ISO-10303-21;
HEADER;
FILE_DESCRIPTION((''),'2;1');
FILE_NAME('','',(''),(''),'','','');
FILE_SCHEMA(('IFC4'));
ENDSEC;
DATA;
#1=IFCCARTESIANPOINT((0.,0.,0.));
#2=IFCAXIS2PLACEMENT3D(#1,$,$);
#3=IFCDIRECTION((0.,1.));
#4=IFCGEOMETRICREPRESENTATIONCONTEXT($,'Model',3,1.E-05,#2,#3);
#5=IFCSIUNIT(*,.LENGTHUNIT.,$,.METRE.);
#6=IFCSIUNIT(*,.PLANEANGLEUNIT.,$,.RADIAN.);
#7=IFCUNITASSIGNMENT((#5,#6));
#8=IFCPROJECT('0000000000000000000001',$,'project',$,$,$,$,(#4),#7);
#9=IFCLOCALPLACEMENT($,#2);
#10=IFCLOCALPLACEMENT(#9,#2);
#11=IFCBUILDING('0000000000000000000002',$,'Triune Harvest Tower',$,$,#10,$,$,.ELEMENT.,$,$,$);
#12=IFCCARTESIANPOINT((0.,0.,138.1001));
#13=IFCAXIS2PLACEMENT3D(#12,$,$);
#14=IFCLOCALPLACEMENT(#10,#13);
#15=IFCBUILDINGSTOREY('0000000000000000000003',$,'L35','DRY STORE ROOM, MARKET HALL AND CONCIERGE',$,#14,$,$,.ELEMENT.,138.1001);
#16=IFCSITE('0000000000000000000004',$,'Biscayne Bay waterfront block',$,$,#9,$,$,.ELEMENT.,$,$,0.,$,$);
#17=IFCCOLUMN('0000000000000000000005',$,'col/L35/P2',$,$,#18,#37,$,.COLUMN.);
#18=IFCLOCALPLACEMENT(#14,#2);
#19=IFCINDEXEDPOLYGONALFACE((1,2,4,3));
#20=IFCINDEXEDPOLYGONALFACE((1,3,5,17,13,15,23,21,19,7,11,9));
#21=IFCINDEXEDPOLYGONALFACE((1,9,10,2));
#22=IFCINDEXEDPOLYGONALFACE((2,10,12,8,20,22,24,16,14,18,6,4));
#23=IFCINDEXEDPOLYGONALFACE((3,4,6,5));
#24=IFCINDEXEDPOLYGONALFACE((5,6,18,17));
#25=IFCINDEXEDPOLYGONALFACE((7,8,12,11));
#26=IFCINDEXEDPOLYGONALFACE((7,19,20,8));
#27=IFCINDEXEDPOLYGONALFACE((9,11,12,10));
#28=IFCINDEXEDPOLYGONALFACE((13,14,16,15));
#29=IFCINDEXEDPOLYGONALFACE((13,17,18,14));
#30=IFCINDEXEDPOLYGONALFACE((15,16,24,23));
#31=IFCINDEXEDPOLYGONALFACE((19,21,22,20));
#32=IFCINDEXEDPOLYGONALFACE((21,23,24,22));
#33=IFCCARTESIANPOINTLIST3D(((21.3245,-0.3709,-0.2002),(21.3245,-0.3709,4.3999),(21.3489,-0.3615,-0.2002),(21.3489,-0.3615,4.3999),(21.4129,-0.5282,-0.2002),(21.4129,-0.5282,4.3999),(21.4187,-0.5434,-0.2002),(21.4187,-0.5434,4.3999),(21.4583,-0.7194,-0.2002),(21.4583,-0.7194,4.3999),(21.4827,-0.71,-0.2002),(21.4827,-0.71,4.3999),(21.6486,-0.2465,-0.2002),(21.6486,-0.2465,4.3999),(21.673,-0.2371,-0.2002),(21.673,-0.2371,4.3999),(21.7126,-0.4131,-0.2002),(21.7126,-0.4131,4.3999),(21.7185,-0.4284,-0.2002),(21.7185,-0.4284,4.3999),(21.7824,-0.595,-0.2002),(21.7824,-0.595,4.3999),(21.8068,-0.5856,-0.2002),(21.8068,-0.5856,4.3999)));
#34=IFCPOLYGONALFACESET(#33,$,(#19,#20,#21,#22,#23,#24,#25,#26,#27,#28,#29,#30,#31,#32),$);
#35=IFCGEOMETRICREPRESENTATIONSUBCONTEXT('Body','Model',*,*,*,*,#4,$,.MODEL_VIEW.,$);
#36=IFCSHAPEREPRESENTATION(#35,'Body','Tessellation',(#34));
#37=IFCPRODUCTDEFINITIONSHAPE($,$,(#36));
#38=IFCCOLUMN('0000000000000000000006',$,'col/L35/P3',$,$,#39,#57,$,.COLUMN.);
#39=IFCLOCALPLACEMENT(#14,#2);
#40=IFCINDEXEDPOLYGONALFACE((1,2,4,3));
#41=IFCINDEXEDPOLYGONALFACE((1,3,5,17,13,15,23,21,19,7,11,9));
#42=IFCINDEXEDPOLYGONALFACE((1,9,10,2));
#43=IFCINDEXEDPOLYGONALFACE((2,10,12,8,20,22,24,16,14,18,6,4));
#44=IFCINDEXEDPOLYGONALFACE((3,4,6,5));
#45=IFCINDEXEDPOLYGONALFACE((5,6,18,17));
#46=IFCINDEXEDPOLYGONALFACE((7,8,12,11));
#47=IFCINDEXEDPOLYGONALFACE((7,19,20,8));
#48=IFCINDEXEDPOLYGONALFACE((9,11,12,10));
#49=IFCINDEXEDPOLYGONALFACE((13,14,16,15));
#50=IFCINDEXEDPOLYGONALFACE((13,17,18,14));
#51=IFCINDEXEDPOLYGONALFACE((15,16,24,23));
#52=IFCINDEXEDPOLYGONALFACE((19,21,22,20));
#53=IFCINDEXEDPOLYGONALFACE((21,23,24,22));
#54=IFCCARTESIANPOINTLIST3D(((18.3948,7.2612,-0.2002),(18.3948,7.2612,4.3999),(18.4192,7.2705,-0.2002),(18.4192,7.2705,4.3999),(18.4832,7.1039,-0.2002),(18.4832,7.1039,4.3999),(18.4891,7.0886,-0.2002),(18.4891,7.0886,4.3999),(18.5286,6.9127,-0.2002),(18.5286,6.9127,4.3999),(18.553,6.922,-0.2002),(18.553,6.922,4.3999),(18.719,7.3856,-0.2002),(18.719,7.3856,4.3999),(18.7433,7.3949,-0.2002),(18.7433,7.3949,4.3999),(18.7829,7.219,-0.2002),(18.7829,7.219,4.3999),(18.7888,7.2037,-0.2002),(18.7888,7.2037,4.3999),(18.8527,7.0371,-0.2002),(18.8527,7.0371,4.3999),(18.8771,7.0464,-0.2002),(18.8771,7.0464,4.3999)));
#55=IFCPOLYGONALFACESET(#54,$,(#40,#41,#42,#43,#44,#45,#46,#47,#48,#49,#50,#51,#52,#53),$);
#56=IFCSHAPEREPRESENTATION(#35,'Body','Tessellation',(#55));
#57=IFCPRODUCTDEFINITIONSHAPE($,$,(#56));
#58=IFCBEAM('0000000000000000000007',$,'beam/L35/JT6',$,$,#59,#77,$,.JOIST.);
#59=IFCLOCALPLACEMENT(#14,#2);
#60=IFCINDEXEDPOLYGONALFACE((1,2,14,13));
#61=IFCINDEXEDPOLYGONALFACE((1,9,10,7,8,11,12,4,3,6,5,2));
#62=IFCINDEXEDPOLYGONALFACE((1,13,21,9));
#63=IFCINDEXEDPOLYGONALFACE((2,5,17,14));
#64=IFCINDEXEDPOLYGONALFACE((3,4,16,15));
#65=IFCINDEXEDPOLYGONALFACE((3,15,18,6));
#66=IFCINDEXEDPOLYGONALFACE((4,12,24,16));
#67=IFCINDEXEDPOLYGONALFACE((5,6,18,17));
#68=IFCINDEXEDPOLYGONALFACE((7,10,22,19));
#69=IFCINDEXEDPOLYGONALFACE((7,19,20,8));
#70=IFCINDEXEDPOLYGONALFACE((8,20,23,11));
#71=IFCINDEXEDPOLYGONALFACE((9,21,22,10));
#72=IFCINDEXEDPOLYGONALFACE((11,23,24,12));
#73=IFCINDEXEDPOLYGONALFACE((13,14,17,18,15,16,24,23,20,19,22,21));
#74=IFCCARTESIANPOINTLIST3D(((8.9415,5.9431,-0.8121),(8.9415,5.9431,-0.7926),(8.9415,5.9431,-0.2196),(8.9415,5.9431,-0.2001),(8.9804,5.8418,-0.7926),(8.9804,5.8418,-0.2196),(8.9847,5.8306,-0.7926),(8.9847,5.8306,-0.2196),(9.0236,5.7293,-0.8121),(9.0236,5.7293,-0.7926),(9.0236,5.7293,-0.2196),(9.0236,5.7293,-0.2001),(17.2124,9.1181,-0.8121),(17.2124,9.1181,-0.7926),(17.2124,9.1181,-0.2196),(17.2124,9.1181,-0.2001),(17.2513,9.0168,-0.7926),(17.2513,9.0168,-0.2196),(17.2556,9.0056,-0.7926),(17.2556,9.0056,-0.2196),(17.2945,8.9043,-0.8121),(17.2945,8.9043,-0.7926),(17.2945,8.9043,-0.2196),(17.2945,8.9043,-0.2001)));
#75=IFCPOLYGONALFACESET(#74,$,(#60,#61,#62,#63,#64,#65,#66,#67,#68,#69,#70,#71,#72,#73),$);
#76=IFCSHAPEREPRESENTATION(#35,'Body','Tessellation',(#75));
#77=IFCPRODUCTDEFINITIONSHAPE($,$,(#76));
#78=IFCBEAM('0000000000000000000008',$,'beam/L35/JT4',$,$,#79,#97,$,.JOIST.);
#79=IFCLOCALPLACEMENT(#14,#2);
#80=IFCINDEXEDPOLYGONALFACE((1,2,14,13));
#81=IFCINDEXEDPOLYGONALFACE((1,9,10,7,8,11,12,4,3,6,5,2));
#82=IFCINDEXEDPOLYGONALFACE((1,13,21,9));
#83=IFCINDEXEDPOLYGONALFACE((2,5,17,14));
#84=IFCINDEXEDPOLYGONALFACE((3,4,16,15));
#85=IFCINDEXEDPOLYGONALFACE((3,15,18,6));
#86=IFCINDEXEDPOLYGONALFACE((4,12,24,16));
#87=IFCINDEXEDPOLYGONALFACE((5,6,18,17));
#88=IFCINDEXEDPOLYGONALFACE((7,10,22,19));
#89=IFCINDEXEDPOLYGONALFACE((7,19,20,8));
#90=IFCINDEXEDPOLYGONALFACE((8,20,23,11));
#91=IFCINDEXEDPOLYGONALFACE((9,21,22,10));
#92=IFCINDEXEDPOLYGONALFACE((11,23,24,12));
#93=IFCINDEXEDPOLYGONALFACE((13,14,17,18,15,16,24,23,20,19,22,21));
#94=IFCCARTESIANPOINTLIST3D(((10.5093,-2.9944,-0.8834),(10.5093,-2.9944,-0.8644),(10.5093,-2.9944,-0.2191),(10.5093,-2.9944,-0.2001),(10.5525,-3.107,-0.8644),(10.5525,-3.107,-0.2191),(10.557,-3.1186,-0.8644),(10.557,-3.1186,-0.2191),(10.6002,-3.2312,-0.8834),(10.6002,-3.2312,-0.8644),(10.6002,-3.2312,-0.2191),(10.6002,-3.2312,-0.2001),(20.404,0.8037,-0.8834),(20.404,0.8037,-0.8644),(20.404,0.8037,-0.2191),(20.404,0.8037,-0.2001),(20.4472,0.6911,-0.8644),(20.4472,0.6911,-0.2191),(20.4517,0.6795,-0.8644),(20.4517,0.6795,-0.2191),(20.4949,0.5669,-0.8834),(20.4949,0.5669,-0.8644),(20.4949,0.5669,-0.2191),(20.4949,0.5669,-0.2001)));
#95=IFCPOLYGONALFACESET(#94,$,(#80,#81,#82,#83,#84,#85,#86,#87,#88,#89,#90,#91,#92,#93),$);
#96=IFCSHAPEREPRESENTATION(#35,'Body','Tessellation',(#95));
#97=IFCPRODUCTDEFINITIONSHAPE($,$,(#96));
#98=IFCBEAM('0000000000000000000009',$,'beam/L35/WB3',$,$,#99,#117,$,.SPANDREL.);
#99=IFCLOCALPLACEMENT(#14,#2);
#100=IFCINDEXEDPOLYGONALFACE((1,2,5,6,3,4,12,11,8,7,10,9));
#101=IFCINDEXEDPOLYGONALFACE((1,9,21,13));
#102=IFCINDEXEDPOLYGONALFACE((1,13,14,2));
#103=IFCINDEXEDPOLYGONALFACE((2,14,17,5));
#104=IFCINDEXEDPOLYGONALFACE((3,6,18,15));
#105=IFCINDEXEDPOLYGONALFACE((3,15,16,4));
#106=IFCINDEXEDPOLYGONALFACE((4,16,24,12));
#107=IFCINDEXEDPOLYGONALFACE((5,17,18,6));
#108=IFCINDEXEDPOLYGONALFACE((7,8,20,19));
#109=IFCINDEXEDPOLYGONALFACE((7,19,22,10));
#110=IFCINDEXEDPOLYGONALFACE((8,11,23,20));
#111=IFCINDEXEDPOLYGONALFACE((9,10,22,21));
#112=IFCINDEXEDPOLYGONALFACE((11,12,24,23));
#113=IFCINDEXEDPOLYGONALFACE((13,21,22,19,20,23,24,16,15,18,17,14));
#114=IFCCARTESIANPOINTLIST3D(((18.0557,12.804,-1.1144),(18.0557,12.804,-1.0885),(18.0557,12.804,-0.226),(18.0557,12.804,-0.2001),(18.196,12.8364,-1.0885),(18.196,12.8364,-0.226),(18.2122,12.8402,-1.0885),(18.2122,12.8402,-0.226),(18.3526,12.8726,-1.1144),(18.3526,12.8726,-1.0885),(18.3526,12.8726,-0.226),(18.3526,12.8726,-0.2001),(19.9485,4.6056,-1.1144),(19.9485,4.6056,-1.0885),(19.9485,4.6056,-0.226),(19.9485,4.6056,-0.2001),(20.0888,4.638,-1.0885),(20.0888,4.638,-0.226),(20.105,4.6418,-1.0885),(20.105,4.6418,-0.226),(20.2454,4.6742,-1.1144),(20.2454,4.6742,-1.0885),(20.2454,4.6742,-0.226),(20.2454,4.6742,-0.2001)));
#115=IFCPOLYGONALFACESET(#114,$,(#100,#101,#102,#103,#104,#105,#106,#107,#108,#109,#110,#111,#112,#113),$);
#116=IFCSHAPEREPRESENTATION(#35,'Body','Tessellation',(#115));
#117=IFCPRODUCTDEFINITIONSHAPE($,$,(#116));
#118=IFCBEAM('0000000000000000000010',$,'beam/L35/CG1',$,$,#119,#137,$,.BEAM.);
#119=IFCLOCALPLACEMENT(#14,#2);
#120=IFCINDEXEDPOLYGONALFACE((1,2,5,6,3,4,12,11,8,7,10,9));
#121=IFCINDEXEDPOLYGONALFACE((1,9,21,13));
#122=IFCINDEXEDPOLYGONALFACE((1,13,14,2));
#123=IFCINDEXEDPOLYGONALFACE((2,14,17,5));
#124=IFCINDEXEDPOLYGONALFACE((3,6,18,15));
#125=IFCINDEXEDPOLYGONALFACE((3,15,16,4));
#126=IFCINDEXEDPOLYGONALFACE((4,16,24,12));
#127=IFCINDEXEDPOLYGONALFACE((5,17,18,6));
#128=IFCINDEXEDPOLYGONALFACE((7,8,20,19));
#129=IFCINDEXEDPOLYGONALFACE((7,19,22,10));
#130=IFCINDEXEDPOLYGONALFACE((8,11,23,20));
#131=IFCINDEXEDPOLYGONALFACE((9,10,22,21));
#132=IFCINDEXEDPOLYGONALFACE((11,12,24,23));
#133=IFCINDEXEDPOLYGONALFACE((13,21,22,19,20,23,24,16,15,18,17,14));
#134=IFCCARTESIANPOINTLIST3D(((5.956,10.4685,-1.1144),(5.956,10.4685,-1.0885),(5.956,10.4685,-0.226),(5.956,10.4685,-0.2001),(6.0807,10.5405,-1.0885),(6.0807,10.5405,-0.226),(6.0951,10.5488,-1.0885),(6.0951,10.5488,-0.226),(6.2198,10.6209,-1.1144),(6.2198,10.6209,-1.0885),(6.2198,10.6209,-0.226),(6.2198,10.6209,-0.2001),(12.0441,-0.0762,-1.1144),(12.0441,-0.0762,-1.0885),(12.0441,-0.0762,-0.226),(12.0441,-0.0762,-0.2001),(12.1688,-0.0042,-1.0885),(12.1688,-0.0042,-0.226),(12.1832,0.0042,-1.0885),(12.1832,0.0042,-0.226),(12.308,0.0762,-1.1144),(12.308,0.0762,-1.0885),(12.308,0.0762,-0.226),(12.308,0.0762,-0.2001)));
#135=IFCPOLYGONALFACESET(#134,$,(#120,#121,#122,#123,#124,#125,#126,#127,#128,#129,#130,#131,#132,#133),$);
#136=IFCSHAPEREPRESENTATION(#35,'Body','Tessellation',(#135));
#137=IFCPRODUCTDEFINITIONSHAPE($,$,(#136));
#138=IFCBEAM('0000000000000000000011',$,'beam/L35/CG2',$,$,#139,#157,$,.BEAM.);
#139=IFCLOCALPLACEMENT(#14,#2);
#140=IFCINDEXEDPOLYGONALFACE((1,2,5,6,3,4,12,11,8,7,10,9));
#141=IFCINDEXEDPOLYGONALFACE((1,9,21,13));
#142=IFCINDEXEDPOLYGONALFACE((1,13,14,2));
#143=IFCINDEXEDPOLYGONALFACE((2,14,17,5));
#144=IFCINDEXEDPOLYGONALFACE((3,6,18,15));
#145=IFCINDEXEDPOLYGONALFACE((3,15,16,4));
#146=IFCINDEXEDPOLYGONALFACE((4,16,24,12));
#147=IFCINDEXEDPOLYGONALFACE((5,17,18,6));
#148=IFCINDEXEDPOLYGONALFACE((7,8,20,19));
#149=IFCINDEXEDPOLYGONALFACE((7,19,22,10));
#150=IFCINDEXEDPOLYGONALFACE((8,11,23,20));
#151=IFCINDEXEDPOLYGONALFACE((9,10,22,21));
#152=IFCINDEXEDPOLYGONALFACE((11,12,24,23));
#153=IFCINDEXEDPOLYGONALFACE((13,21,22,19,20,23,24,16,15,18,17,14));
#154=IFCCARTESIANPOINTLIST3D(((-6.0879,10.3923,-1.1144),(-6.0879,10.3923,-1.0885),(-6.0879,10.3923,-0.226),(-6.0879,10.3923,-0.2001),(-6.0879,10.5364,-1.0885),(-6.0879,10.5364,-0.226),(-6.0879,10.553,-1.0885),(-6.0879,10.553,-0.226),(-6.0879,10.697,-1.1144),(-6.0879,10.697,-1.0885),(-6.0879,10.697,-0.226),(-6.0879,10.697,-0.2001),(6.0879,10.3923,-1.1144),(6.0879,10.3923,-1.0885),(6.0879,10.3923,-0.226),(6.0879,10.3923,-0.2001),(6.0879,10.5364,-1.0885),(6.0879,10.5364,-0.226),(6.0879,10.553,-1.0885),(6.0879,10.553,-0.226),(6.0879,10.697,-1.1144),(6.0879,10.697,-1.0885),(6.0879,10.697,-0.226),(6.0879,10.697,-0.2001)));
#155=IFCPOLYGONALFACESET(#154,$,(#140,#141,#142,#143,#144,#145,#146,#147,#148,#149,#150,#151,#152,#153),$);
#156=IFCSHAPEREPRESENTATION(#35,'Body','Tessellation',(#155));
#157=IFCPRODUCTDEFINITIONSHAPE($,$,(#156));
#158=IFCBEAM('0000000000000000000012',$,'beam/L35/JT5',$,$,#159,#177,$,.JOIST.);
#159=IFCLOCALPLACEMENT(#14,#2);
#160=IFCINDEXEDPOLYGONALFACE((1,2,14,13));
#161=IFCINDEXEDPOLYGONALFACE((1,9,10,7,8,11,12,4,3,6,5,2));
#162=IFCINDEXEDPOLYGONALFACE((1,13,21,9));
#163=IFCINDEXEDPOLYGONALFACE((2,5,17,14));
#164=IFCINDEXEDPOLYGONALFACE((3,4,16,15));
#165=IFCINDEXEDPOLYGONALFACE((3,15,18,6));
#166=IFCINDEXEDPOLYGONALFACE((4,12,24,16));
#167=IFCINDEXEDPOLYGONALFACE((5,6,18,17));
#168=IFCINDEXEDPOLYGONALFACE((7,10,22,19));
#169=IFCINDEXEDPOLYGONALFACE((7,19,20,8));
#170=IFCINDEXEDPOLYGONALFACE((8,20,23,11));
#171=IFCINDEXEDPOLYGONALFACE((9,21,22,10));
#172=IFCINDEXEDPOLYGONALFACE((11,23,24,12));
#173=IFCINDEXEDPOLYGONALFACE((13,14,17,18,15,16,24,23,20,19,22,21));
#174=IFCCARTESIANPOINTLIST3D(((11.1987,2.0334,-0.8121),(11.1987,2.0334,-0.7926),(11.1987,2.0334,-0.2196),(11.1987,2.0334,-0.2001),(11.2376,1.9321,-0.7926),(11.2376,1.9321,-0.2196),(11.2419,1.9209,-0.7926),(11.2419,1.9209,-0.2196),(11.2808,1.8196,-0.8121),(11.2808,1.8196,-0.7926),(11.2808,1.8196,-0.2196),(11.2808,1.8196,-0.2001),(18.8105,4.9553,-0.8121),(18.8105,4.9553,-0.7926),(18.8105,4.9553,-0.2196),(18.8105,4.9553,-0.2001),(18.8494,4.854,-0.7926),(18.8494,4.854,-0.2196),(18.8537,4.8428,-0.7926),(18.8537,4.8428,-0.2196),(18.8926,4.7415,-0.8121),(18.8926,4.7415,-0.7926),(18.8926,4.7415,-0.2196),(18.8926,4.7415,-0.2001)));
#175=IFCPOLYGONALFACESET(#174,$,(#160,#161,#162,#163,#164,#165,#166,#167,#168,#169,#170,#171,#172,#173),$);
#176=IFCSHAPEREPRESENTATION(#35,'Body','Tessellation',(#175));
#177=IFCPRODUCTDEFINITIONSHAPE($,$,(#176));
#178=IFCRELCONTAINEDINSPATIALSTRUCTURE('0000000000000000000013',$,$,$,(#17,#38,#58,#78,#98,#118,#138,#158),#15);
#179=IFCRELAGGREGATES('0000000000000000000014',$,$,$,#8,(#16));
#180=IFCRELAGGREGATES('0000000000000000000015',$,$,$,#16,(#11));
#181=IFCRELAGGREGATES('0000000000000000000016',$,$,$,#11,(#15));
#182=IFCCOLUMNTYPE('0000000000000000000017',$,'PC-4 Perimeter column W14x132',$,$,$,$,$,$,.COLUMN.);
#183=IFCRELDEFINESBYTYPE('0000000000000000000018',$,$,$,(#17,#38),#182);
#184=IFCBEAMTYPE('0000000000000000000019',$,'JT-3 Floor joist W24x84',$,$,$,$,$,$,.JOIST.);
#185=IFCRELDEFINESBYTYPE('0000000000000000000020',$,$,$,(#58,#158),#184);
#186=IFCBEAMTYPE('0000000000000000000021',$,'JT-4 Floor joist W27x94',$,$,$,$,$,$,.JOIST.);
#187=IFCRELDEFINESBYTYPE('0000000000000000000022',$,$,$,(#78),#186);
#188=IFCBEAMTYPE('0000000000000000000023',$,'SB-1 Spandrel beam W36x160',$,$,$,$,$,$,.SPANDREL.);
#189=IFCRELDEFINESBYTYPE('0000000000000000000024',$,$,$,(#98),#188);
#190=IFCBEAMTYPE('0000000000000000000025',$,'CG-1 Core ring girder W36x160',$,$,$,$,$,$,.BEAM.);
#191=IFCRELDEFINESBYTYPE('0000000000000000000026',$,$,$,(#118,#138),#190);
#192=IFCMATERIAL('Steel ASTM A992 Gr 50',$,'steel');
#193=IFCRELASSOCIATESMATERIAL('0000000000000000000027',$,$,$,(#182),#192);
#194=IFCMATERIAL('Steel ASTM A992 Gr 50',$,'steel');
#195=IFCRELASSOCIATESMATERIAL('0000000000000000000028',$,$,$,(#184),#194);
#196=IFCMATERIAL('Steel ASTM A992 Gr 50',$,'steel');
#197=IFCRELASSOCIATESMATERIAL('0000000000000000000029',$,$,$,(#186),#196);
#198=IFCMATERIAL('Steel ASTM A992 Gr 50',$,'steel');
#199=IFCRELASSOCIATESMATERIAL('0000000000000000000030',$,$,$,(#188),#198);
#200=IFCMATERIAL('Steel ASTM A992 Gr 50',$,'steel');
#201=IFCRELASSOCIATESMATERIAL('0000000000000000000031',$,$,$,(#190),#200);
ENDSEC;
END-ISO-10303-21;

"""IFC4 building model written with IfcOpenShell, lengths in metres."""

from ifc_helpers import new_model, si_unit, direction, frame, origin, origin_2d, place, context, subcontext, project, spatial, i_section, extrude, source, transform, mapped, material, material_profile, profile_set, type_object, element, save


model = new_model("IFC4")

# Units and contexts
model_context = context("Model", 3, precision=1e-05, world=origin(), true_north=direction((0.0, 1.0)))
body_context = subcontext(model_context, "Body", "Model", "MODEL_VIEW")
ifc_project = project(units=[si_unit("LENGTHUNIT", "METRE"), si_unit("PLANEANGLEUNIT", "RADIAN")], contexts=[model_context])

# Site, building, storey
site_placement = place(None, origin())
site = spatial("IfcSite", under=ifc_project, at=site_placement, Name="Biscayne Bay waterfront block", CompositionType="ELEMENT", RefElevation=0.0)
building_placement = place(site_placement, origin())
building = spatial("IfcBuilding", under=site, at=building_placement, Name="Triune Harvest Tower", CompositionType="ELEMENT")
storey_placement = place(building_placement, frame((0.0, 0.0, 138.1001)))
storey = spatial("IfcBuildingStorey", under=building, at=storey_placement, Name="L35", Description="DRY STORE ROOM, MARKET HALL AND CONCIERGE", CompositionType="ELEMENT", Elevation=138.1001)

# Columns
ifc_material_1 = material(Name="Steel ASTM A992 Gr 50", Category="steel")
ifc_material_profile_1 = material_profile(ifc_material_1, i_section(OverallWidth=0.3733, OverallDepth=0.3733, WebThickness=0.0164, FlangeThickness=0.0261, at=origin_2d()), Name="W14x132")
ifc_profile_set_1 = profile_set([ifc_material_profile_1], Name="Steel ASTM A992 Gr 50")
column_type = type_object("IfcColumnType", Name="PC-4 Perimeter column W14x132", PredefinedType="COLUMN", material=ifc_profile_set_1)
shared_shape_1 = source(origin(), body_context, "Body", "SweptSolid", [
    extrude(i_section(OverallWidth=0.3733, OverallDepth=0.3733, WebThickness=0.0164, FlangeThickness=0.0261, at=origin_2d()), origin(), (0.0, 0.0, 1.0), 4.6001),
])
for number, where, z_axis, x_axis, name in (
    (1, (21.5657, -0.4783, -0.2002), (0.0, 0.0, 1.0), (-0.358368, 0.93358, 0.0), "col/L35/P2"),
    (2, (18.636, 7.1538, -0.2002), (0.0, 0.0, 1.0), (-0.358368, 0.93358, 0.0), "col/L35/P3"),
):
    element("IfcColumn", number, at=place(storey_placement, frame(where, z_axis=z_axis, x_axis=x_axis)), inside=storey, type_object=column_type, Name=name, PredefinedType="COLUMN", context=body_context, shape_type="MappedRepresentation", body=[
        mapped(shared_shape_1, transform((0.0, 0.0, 0.0), scale=1.0)),
    ])

# Beams
ifc_material_2 = material(Name="Steel ASTM A992 Gr 50", Category="steel")
ifc_material_profile_2 = material_profile(ifc_material_2, i_section(OverallWidth=0.229, OverallDepth=0.6121, WebThickness=0.012, FlangeThickness=0.0195, at=origin_2d()), Name="W24x84")
ifc_profile_set_2 = profile_set([ifc_material_profile_2], Name="Steel ASTM A992 Gr 50")
beam_type_1 = type_object("IfcBeamType", Name="JT-3 Floor joist W24x84", PredefinedType="JOIST", material=ifc_profile_set_2)
beam_1_placement = place(storey_placement, frame((17.2534, 9.0112, -0.5061), z_axis=(-0.933576, -0.358379, 0.0), x_axis=(0.358379, -0.933576, 0.0)))
element("IfcBeam", 3, at=beam_1_placement, inside=storey, type_object=beam_type_1, Name="beam/L35/JT6", PredefinedType="JOIST", context=body_context, shape_type="SweptSolid", body=[
    extrude(i_section(OverallWidth=0.229, OverallDepth=0.6121, WebThickness=0.012, FlangeThickness=0.0195, at=origin_2d()), origin(), (0.0, 0.0, 1.0), 8.8594),
])
ifc_material_3 = material(Name="Steel ASTM A992 Gr 50", Category="steel")
ifc_material_profile_3 = material_profile(ifc_material_3, i_section(OverallWidth=0.2537, OverallDepth=0.6833, WebThickness=0.0125, FlangeThickness=0.019, at=origin_2d()), Name="W27x94")
ifc_profile_set_3 = profile_set([ifc_material_profile_3], Name="Steel ASTM A992 Gr 50")
beam_type_2 = type_object("IfcBeamType", Name="JT-4 Floor joist W27x94", PredefinedType="JOIST", material=ifc_profile_set_3)
beam_2_placement = place(storey_placement, frame((20.4495, 0.6853, -0.5417), z_axis=(-0.933585, -0.358355, 0.0), x_axis=(0.358355, -0.933585, 0.0)))
element("IfcBeam", 4, at=beam_2_placement, inside=storey, type_object=beam_type_2, Name="beam/L35/JT4", PredefinedType="JOIST", context=body_context, shape_type="SweptSolid", body=[
    extrude(i_section(OverallWidth=0.2537, OverallDepth=0.6833, WebThickness=0.0125, FlangeThickness=0.019, at=origin_2d()), origin(), (0.0, 0.0, 1.0), 10.5986),
])
ifc_material_4 = material(Name="Steel ASTM A992 Gr 50", Category="steel")
ifc_material_profile_4 = material_profile(ifc_material_4, i_section(OverallWidth=0.3047, OverallDepth=0.9143, WebThickness=0.0166, FlangeThickness=0.0259, at=origin_2d()), Name="W36x160")
ifc_profile_set_4 = profile_set([ifc_material_profile_4], Name="Steel ASTM A992 Gr 50")
beam_type_3 = type_object("IfcBeamType", Name="SB-1 Spandrel beam W36x160", PredefinedType="SPANDREL", material=ifc_profile_set_4)
beam_3_placement = place(storey_placement, frame((20.0969, 4.6399, -0.6572), z_axis=(-0.224957, 0.974369, 0.0), x_axis=(-0.974369, -0.224957, 0.0)))
element("IfcBeam", 5, at=beam_3_placement, inside=storey, type_object=beam_type_3, Name="beam/L35/WB3", PredefinedType="SPANDREL", context=body_context, shape_type="SweptSolid", body=[
    extrude(i_section(OverallWidth=0.3047, OverallDepth=0.9143, WebThickness=0.0166, FlangeThickness=0.0259, at=origin_2d()), origin(), (0.0, 0.0, 1.0), 8.4141),
])
ifc_material_5 = material(Name="Steel ASTM A992 Gr 50", Category="steel")
ifc_material_profile_5 = material_profile(ifc_material_5, i_section(OverallWidth=0.3047, OverallDepth=0.9143, WebThickness=0.0166, FlangeThickness=0.0259, at=origin_2d()), Name="W36x160")
ifc_profile_set_5 = profile_set([ifc_material_profile_5], Name="Steel ASTM A992 Gr 50")
beam_type_4 = type_object("IfcBeamType", Name="CG-1 Core ring girder W36x160", PredefinedType="BEAM", material=ifc_profile_set_5)
shared_shape_2 = source(origin(), body_context, "Body", "SweptSolid", [
    extrude(i_section(OverallWidth=0.3047, OverallDepth=0.9143, WebThickness=0.0166, FlangeThickness=0.0259, at=origin_2d()), origin(), (0.0, 0.0, 1.0), 12.176),
])
beam_4_placement = place(storey_placement, frame((12.176, 0.0, -0.6572), z_axis=(-0.50001, 0.86602, 0.0), x_axis=(-0.86602, -0.50001, 0.0)))
element("IfcBeam", 6, at=beam_4_placement, inside=storey, type_object=beam_type_4, Name="beam/L35/CG1", PredefinedType="BEAM", context=body_context, shape_type="MappedRepresentation", body=[
    mapped(shared_shape_2, transform((0.0, 0.0, 0.0), scale=1.0)),
])
shared_shape_3 = source(origin(), body_context, "Body", "SweptSolid", [
    extrude(i_section(OverallWidth=0.3047, OverallDepth=0.9143, WebThickness=0.0166, FlangeThickness=0.0259, at=origin_2d()), origin(), (0.0, 0.0, 1.0), 12.1758),
])
beam_5_placement = place(storey_placement, frame((6.0879, 10.5447, -0.6572), z_axis=(-1.0, 0.0, 0.0), x_axis=(0.0, -1.0, 0.0)))
element("IfcBeam", 7, at=beam_5_placement, inside=storey, type_object=beam_type_4, Name="beam/L35/CG2", PredefinedType="BEAM", context=body_context, shape_type="MappedRepresentation", body=[
    mapped(shared_shape_3, transform((0.0, 0.0, 0.0), scale=1.0)),
])
shared_shape_4 = source(origin(), body_context, "Body", "SweptSolid", [
    extrude(i_section(OverallWidth=0.229, OverallDepth=0.6121, WebThickness=0.012, FlangeThickness=0.0195, at=origin_2d()), origin(), (0.0, 0.0, 1.0), 8.1533),
])
beam_6_placement = place(storey_placement, frame((18.8516, 4.8484, -0.5061), z_axis=(-0.933582, -0.358365, 0.0), x_axis=(0.358365, -0.933582, 0.0)))
element("IfcBeam", 8, at=beam_6_placement, inside=storey, type_object=beam_type_1, Name="beam/L35/JT5", PredefinedType="JOIST", context=body_context, shape_type="MappedRepresentation", body=[
    mapped(shared_shape_4, transform((0.0, 0.0, 0.0), scale=1.0)),
])

save(model, "model.ifc")
